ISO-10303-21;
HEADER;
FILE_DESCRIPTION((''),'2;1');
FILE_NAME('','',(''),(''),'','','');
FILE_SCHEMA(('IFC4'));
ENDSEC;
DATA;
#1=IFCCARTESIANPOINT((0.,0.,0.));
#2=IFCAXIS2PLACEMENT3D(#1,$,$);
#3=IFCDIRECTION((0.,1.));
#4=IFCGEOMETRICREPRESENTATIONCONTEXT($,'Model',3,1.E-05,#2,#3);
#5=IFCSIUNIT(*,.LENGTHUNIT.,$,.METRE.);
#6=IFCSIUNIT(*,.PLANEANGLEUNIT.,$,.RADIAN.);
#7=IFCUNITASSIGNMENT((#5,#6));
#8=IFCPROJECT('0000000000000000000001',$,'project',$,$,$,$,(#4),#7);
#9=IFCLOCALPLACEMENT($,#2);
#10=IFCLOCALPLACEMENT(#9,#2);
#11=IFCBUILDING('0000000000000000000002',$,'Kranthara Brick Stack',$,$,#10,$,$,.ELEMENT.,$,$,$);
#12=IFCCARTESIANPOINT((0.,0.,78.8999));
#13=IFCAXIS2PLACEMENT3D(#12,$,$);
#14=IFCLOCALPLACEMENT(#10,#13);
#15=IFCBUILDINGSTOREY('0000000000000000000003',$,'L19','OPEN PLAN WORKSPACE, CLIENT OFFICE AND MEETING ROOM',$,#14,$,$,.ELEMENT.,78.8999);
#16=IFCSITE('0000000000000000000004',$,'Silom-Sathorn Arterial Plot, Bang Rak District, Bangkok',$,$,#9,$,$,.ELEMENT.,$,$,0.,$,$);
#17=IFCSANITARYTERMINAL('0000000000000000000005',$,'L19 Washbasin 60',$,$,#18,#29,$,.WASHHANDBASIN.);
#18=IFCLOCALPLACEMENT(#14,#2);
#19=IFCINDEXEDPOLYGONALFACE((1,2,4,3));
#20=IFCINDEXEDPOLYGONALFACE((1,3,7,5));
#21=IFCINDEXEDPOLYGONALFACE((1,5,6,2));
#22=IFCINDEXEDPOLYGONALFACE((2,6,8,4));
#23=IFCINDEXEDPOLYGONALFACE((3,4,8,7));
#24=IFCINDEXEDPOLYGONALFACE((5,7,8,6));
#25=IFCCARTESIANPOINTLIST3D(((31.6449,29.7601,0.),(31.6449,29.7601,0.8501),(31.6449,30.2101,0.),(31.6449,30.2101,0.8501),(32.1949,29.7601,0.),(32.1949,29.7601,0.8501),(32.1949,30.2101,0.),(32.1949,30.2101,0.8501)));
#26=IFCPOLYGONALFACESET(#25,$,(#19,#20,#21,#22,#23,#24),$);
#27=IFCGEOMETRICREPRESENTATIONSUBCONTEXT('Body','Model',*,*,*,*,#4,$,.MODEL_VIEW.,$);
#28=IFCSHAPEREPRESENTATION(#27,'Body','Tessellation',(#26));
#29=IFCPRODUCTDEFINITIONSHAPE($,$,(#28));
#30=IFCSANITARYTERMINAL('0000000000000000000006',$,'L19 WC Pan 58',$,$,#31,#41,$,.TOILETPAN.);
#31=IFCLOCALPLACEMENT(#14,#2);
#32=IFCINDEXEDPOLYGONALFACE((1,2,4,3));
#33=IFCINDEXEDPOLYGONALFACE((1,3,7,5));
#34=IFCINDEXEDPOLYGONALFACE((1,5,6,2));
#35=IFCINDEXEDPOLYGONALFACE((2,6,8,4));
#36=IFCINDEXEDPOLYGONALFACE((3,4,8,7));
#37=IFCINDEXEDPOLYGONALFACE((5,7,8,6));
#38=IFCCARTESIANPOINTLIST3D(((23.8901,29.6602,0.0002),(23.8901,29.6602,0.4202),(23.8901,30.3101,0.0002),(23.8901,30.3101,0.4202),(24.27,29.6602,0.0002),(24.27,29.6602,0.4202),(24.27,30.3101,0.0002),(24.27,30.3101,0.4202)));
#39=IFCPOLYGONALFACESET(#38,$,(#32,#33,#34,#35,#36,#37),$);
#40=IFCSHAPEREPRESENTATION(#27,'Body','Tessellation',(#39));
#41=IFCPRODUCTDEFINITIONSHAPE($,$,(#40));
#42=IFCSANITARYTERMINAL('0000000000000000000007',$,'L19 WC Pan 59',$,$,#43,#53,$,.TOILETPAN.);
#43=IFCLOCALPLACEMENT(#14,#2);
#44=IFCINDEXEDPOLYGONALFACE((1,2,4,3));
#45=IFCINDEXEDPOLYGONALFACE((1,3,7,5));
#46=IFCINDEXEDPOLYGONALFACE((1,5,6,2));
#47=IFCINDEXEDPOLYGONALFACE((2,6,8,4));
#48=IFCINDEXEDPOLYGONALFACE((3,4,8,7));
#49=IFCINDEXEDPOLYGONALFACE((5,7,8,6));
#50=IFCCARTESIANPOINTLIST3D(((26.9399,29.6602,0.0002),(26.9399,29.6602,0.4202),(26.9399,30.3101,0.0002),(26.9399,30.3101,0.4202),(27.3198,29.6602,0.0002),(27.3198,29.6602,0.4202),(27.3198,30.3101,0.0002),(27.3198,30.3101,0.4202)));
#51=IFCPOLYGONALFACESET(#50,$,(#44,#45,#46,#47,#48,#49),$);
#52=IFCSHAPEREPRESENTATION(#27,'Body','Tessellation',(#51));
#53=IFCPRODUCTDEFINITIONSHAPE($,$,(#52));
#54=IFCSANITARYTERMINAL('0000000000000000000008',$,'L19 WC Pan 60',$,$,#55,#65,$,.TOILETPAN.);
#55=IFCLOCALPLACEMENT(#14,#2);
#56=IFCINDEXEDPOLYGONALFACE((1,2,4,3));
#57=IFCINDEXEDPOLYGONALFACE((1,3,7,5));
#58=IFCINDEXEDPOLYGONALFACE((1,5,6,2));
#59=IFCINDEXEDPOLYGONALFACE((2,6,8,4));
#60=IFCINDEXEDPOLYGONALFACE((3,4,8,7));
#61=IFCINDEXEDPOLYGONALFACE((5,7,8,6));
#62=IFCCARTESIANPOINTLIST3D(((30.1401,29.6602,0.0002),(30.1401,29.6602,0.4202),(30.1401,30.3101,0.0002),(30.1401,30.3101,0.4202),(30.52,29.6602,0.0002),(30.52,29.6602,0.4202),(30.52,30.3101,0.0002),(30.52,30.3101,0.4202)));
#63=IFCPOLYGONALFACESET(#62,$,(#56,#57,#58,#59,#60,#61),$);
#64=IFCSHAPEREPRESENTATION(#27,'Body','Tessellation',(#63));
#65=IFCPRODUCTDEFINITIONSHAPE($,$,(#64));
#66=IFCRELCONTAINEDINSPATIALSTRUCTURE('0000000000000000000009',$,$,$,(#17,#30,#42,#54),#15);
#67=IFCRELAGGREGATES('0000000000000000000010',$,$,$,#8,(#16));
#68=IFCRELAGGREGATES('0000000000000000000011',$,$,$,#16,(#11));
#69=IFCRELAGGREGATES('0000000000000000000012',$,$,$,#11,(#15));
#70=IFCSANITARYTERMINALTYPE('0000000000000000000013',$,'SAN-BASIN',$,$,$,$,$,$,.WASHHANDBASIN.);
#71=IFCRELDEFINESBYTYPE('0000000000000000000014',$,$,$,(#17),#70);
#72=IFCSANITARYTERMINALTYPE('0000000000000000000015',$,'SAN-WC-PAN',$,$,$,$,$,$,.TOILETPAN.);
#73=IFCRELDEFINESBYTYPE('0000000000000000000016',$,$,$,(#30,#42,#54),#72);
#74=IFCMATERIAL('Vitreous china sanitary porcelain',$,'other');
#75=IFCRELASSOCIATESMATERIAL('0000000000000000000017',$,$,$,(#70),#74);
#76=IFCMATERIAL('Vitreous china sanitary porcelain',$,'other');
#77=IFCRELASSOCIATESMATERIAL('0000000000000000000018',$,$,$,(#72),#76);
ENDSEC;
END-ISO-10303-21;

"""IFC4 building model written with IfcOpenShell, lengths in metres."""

from ifc_helpers import new_model, si_unit, direction, frame, origin, origin_2d, place, context, subcontext, project, spatial, rectangle, extrude, material, type_object, element, save


model = new_model("IFC4")

# Units and contexts
model_context = context("Model", 3, precision=1e-05, world=origin(), true_north=direction((0.0, 1.0)))
body_context = subcontext(model_context, "Body", "Model", "MODEL_VIEW")
ifc_project = project(units=[si_unit("LENGTHUNIT", "METRE"), si_unit("PLANEANGLEUNIT", "RADIAN")], contexts=[model_context])

# Site, building, storey
site_placement = place(None, origin())
site = spatial("IfcSite", under=ifc_project, at=site_placement, Name="Silom-Sathorn Arterial Plot, Bang Rak District, Bangkok", CompositionType="ELEMENT", RefElevation=0.0)
building_placement = place(site_placement, origin())
building = spatial("IfcBuilding", under=site, at=building_placement, Name="Kranthara Brick Stack", CompositionType="ELEMENT")
storey_placement = place(building_placement, frame((0.0, 0.0, 78.8999)))
storey = spatial("IfcBuildingStorey", under=building, at=storey_placement, Name="L19", Description="OPEN PLAN WORKSPACE, CLIENT OFFICE AND MEETING ROOM", CompositionType="ELEMENT", Elevation=78.8999)

# Sanitary terminals
ifc_material_1 = material(Name="Vitreous china sanitary porcelain", Category="other")
sanitary_terminal_type_1 = type_object("IfcSanitaryTerminalType", Name="SAN-BASIN", PredefinedType="WASHHANDBASIN", material=ifc_material_1)
for number, where, z_axis, x_axis, name in (
    (1, (31.9199, 29.9851, 0.0), (0.0, 0.0, 1.0), (1.0, 0.0, 0.0), "L19 Washbasin 60"),
):
    element("IfcSanitaryTerminal", number, at=place(storey_placement, frame(where, z_axis=z_axis, x_axis=x_axis)), inside=storey, type_object=sanitary_terminal_type_1, Name=name, PredefinedType="WASHHANDBASIN", context=body_context, shape_type="SweptSolid", body=[
        extrude(rectangle(XDim=0.55, YDim=0.45, at=origin_2d()), origin(), (0.0, 0.0, 1.0), 0.8501),
    ])
ifc_material_2 = material(Name="Vitreous china sanitary porcelain", Category="other")
sanitary_terminal_type_2 = type_object("IfcSanitaryTerminalType", Name="SAN-WC-PAN", PredefinedType="TOILETPAN", material=ifc_material_2)
for number, where, z_axis, x_axis, name in (
    (2, (24.0801, 29.9851, 0.0002), (0.0, 0.0, 1.0), (1.0, 0.0, 0.0), "L19 WC Pan 58"),
    (3, (27.1299, 29.9851, 0.0002), (0.0, 0.0, 1.0), (1.0, 0.0, 0.0), "L19 WC Pan 59"),
    (4, (30.3301, 29.9851, 0.0002), (0.0, 0.0, 1.0), (1.0, 0.0, 0.0), "L19 WC Pan 60"),
):
    element("IfcSanitaryTerminal", number, at=place(storey_placement, frame(where, z_axis=z_axis, x_axis=x_axis)), inside=storey, type_object=sanitary_terminal_type_2, Name=name, PredefinedType="TOILETPAN", context=body_context, shape_type="SweptSolid", body=[
        extrude(rectangle(XDim=0.3799, YDim=0.6499, at=origin_2d()), origin(), (0.0, 0.0, 1.0), 0.4199),
    ])

save(model, "model.ifc")
